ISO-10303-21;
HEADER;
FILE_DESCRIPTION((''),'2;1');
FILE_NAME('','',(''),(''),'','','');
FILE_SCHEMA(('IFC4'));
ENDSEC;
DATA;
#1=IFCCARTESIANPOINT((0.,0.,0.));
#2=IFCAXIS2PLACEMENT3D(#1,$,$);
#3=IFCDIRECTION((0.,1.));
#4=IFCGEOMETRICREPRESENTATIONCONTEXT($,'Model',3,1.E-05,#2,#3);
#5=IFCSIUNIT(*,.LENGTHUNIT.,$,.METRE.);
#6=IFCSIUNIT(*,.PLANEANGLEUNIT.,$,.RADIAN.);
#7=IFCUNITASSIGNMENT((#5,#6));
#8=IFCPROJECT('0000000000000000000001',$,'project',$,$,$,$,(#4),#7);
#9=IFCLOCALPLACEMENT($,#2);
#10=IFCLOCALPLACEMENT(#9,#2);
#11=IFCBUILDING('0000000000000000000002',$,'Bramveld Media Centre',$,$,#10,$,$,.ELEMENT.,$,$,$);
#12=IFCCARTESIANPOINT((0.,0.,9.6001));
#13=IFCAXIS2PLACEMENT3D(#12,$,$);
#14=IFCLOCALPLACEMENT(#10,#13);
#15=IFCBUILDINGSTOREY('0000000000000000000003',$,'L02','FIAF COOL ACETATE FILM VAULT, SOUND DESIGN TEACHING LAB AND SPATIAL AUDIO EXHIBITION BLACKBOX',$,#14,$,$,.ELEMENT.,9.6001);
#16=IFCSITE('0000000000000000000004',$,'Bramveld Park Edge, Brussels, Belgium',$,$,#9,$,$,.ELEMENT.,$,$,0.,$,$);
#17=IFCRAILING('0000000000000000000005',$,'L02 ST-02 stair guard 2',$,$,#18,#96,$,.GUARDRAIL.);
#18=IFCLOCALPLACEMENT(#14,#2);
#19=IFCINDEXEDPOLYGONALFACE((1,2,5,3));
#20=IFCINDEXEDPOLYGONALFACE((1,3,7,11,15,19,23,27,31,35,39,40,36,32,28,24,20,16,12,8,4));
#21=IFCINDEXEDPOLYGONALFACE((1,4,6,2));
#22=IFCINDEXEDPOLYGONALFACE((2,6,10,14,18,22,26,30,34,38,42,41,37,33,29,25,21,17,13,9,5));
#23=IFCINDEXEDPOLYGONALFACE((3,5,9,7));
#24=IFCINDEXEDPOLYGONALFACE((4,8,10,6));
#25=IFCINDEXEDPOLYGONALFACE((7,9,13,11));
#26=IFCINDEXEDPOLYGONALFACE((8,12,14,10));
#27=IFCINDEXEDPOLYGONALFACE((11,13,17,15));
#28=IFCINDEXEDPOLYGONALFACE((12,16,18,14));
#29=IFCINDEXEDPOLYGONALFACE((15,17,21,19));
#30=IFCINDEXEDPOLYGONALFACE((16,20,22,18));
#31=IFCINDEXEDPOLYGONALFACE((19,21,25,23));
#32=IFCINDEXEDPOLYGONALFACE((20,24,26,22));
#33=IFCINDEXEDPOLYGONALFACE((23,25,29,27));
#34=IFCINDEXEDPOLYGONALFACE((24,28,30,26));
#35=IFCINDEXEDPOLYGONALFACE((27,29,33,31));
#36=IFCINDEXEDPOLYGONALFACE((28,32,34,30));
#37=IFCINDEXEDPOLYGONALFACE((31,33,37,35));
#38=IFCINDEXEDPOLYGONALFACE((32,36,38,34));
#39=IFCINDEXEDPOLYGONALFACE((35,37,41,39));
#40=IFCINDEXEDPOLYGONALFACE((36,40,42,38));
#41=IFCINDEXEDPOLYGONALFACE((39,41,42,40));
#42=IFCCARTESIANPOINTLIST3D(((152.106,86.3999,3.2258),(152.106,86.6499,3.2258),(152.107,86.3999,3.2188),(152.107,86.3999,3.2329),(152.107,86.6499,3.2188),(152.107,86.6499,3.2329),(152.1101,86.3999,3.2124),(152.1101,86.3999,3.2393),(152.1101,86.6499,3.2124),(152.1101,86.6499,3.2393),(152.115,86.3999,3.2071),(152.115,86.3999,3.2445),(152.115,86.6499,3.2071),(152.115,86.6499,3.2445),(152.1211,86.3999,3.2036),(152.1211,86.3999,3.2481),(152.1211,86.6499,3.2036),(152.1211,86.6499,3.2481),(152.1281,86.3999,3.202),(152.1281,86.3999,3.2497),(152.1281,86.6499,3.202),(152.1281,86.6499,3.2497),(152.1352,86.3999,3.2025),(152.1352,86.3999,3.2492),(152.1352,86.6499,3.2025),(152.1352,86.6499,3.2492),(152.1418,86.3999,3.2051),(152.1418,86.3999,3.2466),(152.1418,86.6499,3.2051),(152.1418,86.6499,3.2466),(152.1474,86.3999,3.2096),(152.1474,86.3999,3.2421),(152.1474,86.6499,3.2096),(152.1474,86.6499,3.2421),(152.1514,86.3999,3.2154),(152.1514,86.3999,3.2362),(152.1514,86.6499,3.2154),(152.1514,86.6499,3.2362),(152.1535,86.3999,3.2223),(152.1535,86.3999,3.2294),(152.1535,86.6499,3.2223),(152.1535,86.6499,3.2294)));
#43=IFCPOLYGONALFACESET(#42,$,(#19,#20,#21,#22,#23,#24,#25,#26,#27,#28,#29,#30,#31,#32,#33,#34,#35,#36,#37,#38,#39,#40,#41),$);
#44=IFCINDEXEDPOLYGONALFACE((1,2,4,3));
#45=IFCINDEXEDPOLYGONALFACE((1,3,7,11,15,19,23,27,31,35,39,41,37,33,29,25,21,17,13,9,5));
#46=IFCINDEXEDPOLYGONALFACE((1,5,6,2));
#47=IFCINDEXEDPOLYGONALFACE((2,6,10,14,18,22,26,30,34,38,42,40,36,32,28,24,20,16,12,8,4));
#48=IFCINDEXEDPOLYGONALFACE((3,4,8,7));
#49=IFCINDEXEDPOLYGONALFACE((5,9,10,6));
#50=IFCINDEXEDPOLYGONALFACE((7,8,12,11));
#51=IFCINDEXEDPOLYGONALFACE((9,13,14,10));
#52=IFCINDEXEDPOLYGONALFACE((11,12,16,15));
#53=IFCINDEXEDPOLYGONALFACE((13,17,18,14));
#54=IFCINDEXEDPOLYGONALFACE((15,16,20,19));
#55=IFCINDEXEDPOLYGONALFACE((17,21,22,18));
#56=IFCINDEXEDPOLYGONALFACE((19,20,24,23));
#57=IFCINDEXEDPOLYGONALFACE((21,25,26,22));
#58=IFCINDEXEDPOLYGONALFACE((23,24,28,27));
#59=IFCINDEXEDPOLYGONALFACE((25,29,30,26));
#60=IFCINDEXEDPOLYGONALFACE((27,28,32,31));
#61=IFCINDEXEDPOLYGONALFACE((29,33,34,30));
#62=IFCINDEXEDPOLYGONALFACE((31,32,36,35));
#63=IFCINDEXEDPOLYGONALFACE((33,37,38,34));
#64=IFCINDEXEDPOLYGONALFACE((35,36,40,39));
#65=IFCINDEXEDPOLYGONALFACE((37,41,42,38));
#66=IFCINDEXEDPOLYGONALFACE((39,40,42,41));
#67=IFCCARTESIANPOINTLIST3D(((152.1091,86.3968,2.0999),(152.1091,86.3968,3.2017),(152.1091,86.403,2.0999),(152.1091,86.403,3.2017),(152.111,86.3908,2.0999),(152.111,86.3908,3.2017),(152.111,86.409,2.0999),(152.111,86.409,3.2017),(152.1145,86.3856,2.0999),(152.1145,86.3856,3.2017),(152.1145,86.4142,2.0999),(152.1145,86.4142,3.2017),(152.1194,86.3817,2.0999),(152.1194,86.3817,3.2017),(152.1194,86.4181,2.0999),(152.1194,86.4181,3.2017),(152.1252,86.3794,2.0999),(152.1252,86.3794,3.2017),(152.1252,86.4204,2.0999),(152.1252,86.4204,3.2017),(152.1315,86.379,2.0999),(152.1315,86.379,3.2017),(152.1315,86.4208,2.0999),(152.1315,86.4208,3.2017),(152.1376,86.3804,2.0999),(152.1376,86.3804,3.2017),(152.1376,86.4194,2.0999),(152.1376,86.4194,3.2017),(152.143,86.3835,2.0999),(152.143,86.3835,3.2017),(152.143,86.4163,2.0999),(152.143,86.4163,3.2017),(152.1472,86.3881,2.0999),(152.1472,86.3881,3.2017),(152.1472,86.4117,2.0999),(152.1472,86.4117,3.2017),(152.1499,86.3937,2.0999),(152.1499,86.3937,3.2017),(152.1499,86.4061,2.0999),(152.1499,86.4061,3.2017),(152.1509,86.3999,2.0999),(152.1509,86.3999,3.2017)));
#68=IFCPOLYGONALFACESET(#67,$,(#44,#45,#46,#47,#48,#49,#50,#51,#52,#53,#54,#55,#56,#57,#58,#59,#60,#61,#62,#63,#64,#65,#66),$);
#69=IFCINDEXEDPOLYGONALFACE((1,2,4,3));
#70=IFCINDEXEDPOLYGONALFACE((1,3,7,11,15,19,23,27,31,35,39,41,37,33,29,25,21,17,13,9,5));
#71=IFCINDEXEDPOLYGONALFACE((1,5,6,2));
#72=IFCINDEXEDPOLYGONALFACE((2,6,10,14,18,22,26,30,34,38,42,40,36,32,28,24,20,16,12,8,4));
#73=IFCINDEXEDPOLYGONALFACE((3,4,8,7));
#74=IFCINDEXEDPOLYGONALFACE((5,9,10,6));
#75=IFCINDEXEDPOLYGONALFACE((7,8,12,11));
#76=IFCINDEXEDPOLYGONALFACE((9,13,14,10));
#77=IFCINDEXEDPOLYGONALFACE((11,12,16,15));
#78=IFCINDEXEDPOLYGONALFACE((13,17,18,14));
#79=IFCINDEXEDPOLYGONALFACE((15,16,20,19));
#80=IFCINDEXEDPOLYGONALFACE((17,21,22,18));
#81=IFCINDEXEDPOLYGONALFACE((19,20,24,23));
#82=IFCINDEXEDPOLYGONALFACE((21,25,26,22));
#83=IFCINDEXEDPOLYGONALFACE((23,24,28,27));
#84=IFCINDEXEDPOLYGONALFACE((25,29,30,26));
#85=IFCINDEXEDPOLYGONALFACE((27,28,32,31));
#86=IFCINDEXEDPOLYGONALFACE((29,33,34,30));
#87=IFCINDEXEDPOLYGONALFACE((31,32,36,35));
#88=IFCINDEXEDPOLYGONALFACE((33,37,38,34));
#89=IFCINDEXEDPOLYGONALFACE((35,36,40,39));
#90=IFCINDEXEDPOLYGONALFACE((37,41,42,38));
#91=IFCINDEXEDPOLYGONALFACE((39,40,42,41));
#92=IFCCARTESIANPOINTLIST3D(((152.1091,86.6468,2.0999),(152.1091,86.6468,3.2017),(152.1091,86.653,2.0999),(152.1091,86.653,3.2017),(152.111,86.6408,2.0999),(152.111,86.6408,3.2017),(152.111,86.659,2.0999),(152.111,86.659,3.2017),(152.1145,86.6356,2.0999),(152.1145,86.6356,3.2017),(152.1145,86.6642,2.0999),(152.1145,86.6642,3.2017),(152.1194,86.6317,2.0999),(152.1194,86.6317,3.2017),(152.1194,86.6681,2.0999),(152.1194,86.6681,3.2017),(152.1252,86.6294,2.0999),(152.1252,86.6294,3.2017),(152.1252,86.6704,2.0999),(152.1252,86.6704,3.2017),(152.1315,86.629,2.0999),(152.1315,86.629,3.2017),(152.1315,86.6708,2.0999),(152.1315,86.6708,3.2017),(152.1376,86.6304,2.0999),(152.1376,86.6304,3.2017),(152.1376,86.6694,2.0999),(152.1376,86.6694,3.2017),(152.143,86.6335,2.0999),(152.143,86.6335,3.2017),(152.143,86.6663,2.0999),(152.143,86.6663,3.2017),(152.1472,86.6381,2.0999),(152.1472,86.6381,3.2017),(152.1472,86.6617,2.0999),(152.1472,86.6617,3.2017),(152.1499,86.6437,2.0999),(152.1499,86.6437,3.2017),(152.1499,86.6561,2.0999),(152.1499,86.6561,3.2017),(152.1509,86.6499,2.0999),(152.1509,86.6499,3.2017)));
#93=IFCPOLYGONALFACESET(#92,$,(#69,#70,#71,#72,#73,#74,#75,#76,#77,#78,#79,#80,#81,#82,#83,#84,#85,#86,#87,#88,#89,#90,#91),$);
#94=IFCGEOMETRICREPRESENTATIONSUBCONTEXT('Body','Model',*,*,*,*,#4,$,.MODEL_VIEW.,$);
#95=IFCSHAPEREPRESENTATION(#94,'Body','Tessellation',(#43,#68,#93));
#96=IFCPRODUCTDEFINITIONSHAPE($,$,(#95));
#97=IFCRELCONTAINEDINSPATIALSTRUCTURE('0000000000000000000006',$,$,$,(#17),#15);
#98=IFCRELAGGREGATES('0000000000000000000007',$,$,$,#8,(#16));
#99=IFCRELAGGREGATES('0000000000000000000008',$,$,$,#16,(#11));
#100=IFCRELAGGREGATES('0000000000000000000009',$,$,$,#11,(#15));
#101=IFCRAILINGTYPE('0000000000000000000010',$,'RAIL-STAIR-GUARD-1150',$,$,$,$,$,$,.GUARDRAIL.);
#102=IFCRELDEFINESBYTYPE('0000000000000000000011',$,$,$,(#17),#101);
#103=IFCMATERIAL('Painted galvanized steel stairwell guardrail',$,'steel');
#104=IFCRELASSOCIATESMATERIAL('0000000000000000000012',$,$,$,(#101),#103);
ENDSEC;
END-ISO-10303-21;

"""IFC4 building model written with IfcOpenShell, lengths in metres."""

from ifc_helpers import new_model, si_unit, direction, frame, origin, origin_2d, place, context, subcontext, project, spatial, circle, extrude, material, type_object, element, save


model = new_model("IFC4")

# Units and contexts
model_context = context("Model", 3, precision=1e-05, world=origin(), true_north=direction((0.0, 1.0)))
body_context = subcontext(model_context, "Body", "Model", "MODEL_VIEW")
ifc_project = project(units=[si_unit("LENGTHUNIT", "METRE"), si_unit("PLANEANGLEUNIT", "RADIAN")], contexts=[model_context])

# Site, building, storey
site_placement = place(None, origin())
site = spatial("IfcSite", under=ifc_project, at=site_placement, Name="Bramveld Park Edge, Brussels, Belgium", CompositionType="ELEMENT", RefElevation=0.0)
building_placement = place(site_placement, origin())
building = spatial("IfcBuilding", under=site, at=building_placement, Name="Bramveld Media Centre", CompositionType="ELEMENT")
storey_placement = place(building_placement, frame((0.0, 0.0, 9.6001)))
storey = spatial("IfcBuildingStorey", under=building, at=storey_placement, Name="L02", Description="FIAF COOL ACETATE FILM VAULT, SOUND DESIGN TEACHING LAB AND SPATIAL AUDIO EXHIBITION BLACKBOX", CompositionType="ELEMENT", Elevation=9.6001)

# Railing
ifc_material_1 = material(Name="Painted galvanized steel stairwell guardrail", Category="steel")
railing_type_1 = type_object("IfcRailingType", Name="RAIL-STAIR-GUARD-1150", PredefinedType="GUARDRAIL", material=ifc_material_1)
railing_1_placement = place(storey_placement, frame((152.1299, 86.3999, 2.0999)))
element("IfcRailing", 1, at=railing_1_placement, inside=storey, type_object=railing_type_1, Name="L02 ST-02 stair guard 2", PredefinedType="GUARDRAIL", context=body_context, shape_type="SweptSolid", body=[
    extrude(circle(Radius=0.0239, at=origin_2d()), frame((0.0, 0.0, 1.126), z_axis=(0.0, 1.0, 0.0), x_axis=(-1.0, 0.0, 0.0)), (0.0, 0.0, 1.0), 0.25),
    extrude(circle(Radius=0.021, at=origin_2d()), origin(), (0.0, 0.0, 1.0), 1.1018),
    extrude(circle(Radius=0.021, at=origin_2d()), frame((0.0, 0.25, 0.0)), (0.0, 0.0, 1.0), 1.1018),
])

save(model, "model.ifc")
